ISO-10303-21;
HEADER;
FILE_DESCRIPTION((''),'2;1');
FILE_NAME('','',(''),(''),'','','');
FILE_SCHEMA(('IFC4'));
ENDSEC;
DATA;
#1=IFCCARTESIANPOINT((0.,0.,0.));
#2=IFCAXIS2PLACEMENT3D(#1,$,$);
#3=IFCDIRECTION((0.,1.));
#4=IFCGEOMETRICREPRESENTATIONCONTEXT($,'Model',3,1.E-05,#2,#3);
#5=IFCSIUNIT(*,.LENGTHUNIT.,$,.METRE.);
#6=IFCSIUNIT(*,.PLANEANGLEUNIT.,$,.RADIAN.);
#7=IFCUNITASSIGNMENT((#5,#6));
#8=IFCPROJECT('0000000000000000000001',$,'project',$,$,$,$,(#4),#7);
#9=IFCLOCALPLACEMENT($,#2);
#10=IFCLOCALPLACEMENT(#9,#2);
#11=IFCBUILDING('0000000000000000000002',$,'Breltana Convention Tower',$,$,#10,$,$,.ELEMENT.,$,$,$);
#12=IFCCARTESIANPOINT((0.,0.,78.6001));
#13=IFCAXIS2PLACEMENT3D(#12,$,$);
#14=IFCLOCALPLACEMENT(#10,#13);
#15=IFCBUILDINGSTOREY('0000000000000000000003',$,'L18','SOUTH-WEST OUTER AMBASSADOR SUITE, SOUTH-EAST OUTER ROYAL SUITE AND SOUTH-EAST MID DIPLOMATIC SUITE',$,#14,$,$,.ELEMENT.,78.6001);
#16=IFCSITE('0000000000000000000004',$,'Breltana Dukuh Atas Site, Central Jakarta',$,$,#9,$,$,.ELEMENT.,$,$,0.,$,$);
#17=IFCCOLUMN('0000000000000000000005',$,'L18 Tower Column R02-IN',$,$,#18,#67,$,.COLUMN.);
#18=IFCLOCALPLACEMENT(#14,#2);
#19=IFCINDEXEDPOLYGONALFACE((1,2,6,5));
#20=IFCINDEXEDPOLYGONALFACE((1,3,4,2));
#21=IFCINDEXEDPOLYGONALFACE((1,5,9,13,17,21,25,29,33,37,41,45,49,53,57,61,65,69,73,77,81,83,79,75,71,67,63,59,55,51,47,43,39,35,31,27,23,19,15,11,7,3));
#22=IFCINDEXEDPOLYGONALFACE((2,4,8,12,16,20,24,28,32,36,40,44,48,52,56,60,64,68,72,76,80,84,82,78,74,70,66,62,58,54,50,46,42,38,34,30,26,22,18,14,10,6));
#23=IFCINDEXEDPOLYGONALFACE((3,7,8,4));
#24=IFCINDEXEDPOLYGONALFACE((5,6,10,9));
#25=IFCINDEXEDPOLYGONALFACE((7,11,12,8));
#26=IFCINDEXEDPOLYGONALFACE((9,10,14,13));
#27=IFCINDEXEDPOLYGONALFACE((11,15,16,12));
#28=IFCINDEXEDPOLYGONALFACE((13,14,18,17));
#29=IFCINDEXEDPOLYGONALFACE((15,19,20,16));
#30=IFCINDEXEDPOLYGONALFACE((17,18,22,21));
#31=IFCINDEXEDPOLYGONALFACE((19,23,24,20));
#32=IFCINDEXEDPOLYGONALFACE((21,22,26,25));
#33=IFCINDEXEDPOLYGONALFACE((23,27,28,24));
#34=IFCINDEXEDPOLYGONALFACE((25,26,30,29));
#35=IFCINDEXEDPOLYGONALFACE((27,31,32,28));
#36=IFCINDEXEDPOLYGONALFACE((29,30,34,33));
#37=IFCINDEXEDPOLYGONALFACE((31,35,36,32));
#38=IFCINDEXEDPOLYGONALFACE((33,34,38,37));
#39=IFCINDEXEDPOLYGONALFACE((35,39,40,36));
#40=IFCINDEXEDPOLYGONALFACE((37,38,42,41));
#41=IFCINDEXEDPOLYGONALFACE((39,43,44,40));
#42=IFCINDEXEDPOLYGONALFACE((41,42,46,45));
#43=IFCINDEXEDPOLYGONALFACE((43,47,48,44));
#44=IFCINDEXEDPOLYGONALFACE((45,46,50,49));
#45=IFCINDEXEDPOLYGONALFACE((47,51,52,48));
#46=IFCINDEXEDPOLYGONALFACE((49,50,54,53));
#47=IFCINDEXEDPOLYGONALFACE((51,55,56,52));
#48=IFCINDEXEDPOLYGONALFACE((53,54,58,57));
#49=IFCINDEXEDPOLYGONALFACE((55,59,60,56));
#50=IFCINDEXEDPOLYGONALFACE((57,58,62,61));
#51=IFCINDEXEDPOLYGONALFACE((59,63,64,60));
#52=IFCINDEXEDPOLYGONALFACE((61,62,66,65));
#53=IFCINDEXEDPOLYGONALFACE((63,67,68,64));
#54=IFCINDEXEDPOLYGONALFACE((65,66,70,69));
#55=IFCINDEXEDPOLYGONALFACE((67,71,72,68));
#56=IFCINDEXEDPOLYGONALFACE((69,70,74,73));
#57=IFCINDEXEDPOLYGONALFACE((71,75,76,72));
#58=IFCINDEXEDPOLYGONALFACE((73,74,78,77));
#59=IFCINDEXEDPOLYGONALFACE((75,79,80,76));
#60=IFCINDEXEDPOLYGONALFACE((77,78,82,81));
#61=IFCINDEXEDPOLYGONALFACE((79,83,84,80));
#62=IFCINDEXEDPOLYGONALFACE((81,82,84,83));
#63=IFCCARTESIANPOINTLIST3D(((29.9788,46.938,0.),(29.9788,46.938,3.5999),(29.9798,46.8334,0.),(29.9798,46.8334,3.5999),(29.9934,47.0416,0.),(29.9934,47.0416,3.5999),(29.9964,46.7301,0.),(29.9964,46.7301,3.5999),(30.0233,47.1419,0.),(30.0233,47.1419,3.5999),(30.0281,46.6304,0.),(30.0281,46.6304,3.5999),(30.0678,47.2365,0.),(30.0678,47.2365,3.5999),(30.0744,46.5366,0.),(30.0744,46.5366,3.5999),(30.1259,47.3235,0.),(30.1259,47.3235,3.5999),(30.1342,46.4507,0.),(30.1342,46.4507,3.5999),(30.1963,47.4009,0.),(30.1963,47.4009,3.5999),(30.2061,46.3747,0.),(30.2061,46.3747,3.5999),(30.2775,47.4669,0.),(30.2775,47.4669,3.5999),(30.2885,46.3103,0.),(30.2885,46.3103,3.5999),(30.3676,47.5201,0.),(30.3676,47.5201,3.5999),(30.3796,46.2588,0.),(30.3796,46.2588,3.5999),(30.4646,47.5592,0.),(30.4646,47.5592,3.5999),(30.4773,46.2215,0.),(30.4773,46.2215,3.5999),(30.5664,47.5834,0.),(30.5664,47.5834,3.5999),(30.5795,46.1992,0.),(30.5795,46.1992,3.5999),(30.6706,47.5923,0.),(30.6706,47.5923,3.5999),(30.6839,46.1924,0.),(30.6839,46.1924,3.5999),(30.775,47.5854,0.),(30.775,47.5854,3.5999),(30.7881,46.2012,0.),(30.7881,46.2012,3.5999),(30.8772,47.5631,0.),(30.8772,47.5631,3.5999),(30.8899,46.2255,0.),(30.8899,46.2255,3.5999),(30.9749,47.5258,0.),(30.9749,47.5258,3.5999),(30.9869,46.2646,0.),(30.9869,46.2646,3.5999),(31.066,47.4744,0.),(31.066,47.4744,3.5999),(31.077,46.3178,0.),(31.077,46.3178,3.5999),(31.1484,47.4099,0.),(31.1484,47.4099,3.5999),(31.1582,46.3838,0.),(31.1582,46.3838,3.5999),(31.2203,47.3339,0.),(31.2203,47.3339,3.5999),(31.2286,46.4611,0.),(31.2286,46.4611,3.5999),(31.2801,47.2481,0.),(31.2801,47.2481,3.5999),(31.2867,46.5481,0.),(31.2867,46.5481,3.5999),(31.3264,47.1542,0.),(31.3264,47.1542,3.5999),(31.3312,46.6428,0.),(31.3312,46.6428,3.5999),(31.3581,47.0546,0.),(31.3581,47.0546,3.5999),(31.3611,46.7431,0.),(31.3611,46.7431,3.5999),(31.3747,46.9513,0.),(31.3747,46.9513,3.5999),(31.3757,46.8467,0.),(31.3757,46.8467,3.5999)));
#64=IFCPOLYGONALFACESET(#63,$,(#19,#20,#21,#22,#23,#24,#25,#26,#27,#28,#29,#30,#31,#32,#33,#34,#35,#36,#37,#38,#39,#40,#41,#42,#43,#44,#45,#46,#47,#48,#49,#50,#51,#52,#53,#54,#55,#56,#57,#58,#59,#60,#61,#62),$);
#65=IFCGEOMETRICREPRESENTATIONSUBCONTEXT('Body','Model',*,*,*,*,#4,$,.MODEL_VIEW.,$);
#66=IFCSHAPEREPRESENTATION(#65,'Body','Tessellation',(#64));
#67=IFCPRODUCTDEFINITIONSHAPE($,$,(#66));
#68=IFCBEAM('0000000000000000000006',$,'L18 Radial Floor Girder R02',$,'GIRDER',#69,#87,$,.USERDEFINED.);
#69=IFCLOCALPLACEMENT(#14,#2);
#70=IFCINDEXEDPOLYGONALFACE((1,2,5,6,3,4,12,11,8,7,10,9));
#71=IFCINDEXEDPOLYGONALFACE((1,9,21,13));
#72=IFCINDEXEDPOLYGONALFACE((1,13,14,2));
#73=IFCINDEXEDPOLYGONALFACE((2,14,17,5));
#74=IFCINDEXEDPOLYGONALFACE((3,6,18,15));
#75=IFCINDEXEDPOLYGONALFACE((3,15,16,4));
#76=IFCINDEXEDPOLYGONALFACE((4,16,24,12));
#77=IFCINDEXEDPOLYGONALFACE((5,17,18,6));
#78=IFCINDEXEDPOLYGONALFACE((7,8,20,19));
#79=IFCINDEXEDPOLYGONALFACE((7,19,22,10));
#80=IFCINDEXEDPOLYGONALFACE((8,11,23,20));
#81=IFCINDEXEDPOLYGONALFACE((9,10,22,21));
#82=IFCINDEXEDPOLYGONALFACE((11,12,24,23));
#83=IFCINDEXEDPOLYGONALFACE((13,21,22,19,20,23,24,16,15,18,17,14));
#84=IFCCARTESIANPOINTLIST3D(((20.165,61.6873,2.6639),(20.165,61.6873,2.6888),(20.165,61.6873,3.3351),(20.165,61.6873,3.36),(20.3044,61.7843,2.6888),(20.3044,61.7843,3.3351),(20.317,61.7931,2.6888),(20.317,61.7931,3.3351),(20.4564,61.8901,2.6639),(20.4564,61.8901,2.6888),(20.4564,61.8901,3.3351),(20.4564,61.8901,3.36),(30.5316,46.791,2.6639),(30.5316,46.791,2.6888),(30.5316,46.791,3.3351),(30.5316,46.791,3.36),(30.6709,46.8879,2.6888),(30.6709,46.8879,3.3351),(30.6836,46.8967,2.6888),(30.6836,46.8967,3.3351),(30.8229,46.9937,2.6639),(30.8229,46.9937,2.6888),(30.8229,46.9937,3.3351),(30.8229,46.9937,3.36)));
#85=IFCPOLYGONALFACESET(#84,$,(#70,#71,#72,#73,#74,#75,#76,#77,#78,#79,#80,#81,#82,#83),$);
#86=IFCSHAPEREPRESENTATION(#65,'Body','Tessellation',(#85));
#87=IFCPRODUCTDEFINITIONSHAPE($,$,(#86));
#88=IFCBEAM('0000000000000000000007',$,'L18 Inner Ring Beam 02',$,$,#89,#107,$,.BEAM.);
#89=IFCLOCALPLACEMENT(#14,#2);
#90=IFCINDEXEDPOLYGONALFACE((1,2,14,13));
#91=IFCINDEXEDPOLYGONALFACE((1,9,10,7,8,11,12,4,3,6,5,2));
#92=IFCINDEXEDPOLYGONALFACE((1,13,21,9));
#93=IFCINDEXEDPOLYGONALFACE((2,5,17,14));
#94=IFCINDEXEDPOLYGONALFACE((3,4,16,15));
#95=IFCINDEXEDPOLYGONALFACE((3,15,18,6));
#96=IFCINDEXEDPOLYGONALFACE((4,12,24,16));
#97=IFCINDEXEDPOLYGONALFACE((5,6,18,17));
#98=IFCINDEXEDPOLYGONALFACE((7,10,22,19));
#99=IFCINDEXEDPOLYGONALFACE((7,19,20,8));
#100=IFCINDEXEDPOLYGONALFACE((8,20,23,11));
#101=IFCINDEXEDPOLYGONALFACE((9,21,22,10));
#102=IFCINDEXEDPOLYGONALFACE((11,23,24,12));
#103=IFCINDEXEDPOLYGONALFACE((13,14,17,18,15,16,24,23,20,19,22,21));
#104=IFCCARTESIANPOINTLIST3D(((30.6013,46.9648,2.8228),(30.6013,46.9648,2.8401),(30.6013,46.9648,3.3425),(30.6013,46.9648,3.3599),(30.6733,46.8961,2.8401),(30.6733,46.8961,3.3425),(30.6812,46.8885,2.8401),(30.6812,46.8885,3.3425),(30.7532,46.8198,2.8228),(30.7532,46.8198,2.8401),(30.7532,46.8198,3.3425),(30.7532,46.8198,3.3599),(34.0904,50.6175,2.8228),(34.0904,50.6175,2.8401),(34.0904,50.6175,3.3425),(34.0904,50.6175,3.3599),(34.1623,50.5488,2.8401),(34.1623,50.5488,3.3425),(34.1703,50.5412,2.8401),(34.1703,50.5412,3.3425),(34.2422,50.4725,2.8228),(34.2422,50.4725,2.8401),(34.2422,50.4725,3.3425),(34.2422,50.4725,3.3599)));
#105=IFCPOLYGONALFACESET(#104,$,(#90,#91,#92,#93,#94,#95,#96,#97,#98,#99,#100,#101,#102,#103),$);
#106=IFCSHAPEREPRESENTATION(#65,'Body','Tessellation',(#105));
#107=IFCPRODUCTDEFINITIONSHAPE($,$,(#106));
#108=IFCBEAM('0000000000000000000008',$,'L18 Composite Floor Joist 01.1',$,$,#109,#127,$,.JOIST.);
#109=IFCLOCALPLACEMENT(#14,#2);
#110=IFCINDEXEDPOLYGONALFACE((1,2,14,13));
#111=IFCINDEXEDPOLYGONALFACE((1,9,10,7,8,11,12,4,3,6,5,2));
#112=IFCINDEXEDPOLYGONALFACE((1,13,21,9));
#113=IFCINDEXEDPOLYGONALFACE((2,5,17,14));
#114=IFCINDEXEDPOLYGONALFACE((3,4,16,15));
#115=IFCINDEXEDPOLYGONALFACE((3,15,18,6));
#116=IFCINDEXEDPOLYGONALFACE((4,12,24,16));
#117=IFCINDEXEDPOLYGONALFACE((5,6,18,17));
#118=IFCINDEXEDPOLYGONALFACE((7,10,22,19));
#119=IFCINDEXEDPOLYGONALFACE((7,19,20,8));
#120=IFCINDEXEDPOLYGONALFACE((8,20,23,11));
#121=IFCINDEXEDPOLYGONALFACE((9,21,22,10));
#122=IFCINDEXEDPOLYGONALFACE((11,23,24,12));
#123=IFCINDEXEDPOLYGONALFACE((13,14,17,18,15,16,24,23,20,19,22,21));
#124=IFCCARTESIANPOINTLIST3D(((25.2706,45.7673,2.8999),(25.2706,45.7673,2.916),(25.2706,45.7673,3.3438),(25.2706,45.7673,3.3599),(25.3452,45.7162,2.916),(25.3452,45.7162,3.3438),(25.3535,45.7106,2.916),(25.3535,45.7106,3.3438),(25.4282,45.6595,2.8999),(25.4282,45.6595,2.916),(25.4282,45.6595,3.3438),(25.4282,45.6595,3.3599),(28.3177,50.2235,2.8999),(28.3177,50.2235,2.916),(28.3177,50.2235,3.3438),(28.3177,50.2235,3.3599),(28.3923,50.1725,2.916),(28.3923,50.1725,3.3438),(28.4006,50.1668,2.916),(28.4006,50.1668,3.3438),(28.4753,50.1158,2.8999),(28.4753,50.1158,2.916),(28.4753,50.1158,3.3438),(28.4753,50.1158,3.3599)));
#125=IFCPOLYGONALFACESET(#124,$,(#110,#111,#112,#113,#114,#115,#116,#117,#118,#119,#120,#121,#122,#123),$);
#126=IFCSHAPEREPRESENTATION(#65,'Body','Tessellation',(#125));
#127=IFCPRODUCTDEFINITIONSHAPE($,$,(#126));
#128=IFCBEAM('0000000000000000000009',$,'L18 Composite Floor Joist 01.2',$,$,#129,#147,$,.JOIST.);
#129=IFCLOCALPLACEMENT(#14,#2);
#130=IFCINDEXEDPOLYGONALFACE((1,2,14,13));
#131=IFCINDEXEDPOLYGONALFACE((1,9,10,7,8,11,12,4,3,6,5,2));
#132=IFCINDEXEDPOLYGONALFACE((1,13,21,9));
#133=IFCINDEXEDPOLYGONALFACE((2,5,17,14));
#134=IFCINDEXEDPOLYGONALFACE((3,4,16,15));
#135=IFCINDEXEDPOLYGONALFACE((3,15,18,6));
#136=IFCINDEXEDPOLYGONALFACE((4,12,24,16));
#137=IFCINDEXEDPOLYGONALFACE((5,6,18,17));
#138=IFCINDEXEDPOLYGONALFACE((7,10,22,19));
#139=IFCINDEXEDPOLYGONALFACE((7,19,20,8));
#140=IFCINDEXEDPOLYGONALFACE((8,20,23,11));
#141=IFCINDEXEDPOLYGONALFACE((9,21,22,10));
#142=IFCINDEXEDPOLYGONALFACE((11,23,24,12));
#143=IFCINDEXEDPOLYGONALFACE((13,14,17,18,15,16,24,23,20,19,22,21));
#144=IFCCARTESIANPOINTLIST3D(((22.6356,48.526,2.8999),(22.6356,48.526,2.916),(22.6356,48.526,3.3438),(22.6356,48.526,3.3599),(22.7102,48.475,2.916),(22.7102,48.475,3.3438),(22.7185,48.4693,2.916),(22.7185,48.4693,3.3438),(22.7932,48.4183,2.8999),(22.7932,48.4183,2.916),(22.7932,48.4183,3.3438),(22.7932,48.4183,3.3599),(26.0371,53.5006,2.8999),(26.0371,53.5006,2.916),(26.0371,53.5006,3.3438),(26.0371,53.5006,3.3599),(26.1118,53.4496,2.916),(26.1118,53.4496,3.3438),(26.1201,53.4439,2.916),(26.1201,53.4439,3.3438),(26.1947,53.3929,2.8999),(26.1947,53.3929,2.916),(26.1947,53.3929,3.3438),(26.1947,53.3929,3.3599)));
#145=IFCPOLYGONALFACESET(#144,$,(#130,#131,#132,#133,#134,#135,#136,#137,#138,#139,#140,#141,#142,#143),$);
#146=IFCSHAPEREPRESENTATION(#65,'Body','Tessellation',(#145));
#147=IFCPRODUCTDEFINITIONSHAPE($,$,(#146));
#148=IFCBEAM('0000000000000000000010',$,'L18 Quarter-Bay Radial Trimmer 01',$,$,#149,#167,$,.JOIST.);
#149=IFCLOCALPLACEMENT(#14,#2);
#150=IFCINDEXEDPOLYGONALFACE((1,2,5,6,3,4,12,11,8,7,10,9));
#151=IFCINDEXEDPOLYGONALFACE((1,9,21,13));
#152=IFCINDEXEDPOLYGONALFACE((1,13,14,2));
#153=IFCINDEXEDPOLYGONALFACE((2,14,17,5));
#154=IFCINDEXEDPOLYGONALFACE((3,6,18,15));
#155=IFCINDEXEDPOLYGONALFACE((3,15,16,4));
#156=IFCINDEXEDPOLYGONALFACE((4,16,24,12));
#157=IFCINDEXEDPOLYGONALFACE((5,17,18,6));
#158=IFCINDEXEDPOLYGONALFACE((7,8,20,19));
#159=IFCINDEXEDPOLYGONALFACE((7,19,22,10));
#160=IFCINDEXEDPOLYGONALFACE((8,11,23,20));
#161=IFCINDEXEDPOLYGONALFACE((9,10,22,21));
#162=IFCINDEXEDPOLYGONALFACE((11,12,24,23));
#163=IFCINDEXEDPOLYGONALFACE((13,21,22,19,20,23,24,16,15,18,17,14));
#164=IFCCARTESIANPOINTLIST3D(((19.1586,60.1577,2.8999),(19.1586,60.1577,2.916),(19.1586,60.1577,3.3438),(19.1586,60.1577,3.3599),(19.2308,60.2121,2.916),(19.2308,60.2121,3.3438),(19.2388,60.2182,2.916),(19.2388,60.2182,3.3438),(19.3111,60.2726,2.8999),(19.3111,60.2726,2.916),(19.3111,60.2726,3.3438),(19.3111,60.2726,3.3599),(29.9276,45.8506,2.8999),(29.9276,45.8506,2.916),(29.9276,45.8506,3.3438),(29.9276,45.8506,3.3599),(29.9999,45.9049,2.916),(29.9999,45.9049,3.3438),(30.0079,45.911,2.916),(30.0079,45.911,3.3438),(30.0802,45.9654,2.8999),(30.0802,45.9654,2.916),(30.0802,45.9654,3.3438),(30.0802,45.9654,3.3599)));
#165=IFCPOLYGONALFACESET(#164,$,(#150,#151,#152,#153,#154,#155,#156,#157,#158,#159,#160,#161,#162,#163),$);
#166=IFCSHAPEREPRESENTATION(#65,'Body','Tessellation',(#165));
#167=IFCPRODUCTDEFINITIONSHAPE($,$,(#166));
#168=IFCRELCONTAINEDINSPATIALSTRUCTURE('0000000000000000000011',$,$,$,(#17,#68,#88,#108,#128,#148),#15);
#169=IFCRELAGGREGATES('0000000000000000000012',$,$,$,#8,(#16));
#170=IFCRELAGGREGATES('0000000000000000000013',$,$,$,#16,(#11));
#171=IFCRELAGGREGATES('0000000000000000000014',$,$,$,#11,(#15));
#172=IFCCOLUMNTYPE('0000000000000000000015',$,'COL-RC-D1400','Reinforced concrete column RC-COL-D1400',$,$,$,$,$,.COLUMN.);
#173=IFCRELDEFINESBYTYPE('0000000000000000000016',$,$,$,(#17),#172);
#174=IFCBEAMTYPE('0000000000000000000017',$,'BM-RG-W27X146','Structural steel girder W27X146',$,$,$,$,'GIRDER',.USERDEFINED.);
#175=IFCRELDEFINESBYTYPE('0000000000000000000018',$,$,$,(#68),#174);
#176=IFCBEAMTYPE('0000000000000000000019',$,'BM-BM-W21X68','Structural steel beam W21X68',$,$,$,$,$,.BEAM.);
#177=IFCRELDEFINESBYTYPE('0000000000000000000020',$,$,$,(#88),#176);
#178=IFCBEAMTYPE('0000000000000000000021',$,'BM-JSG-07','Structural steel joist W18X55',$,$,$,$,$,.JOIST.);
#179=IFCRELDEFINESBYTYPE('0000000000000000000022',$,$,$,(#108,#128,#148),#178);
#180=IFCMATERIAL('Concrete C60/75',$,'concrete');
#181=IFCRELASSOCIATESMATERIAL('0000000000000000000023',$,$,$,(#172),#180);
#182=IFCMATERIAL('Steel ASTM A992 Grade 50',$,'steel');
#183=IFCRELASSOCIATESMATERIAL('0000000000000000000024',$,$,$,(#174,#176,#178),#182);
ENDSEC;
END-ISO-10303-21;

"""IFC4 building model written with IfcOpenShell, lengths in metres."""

from ifc_helpers import new_model, si_unit, direction, frame, origin, origin_2d, place, context, subcontext, project, spatial, circle, i_section, extrude, source, transform, mapped, material, material_profile, profile_set, type_object, type_shapes, element, save


model = new_model("IFC4")

# Units and contexts
model_context = context("Model", 3, precision=1e-05, world=origin(), true_north=direction((0.0, 1.0)))
body_context = subcontext(model_context, "Body", "Model", "MODEL_VIEW")
ifc_project = project(units=[si_unit("LENGTHUNIT", "METRE"), si_unit("PLANEANGLEUNIT", "RADIAN")], contexts=[model_context])

# Site, building, storey
site_placement = place(None, origin())
site = spatial("IfcSite", under=ifc_project, at=site_placement, Name="Breltana Dukuh Atas Site, Central Jakarta", CompositionType="ELEMENT", RefElevation=0.0)
building_placement = place(site_placement, origin())
building = spatial("IfcBuilding", under=site, at=building_placement, Name="Breltana Convention Tower", CompositionType="ELEMENT")
storey_placement = place(building_placement, frame((0.0, 0.0, 78.6001)))
storey = spatial("IfcBuildingStorey", under=building, at=storey_placement, Name="L18", Description="SOUTH-WEST OUTER AMBASSADOR SUITE, SOUTH-EAST OUTER ROYAL SUITE AND SOUTH-EAST MID DIPLOMATIC SUITE", CompositionType="ELEMENT", Elevation=78.6001)

# Column
ifc_material_1 = material(Name="Concrete C60/75", Category="concrete")
ifc_material_profile_1 = material_profile(ifc_material_1, circle(Radius=0.7, at=origin_2d()), Name="RC-COL-D1400")
ifc_profile_set_1 = profile_set([ifc_material_profile_1], Name="Concrete C60/75")
column_type = type_object("IfcColumnType", Name="COL-RC-D1400", Description="Reinforced concrete column RC-COL-D1400", PredefinedType="COLUMN", material=ifc_profile_set_1)
shared_shape_1 = source(origin(), body_context, "Body", "SweptSolid", [
    extrude(circle(Radius=0.7, at=origin_2d()), origin(), (0.0, 0.0, 1.0), 3.5999),
])
column_placement = place(storey_placement, frame((30.6772, 46.8923, 0.0), z_axis=(0.0, 0.0, 1.0), x_axis=(-0.571143, 0.82085, 0.0)))
element("IfcColumn", 1, at=column_placement, inside=storey, type_object=column_type, Name="L18 Tower Column R02-IN", PredefinedType="COLUMN", context=body_context, shape_type="MappedRepresentation", body=[
    mapped(shared_shape_1, transform((0.0, 0.0, 0.0), scale=1.0)),
])

# Beams
ifc_material_2 = material(Name="Steel ASTM A992 Grade 50", Category="steel")
ifc_material_profile_2 = material_profile(ifc_material_2, i_section(OverallWidth=0.355, OverallDepth=0.696, WebThickness=0.0154, FlangeThickness=0.0249, at=origin_2d()), Name="W27X146")
ifc_profile_set_2 = profile_set([ifc_material_profile_2], Name="Steel ASTM A992 Grade 50")
beam_type_1 = type_object("IfcBeamType", Name="BM-RG-W27X146", Description="Structural steel girder W27X146", ElementType="GIRDER", PredefinedType="USERDEFINED", material=ifc_profile_set_2)
shared_shape_2 = source(origin(), body_context, "Body", "SweptSolid", [
    extrude(i_section(OverallWidth=0.355, OverallDepth=0.696, WebThickness=0.0154, FlangeThickness=0.0249, at=origin_2d()), origin(), (0.0, 0.0, 1.0), 18.1484),
])
beam_1_placement = place(storey_placement, frame((30.6772, 46.8923, 3.012), z_axis=(-0.571208, 0.820806, 0.0), x_axis=(-0.820806, -0.571208, 0.0)))
element("IfcBeam", 2, at=beam_1_placement, inside=storey, type_object=beam_type_1, Name="L18 Radial Floor Girder R02", ObjectType="GIRDER", PredefinedType="USERDEFINED", context=body_context, shape_type="MappedRepresentation", body=[
    mapped(shared_shape_2, transform((0.0, 0.0, 0.0), scale=1.0)),
])
ifc_material_profile_3 = material_profile(ifc_material_2, i_section(OverallWidth=0.21, OverallDepth=0.5371, WebThickness=0.011, FlangeThickness=0.0173, at=origin_2d()), Name="W21X68")
ifc_profile_set_3 = profile_set([ifc_material_profile_3], Name="Steel ASTM A992 Grade 50")
beam_type_2 = type_object("IfcBeamType", Name="BM-BM-W21X68", Description="Structural steel beam W21X68", PredefinedType="BEAM", material=ifc_profile_set_3)
shared_shape_3 = source(origin(), body_context, "Body", "SweptSolid", [
    extrude(i_section(OverallWidth=0.21, OverallDepth=0.5371, WebThickness=0.011, FlangeThickness=0.0173, at=origin_2d()), origin(), (0.0, 0.0, 1.0), 5.0513),
])
beam_2_placement = place(storey_placement, frame((30.6772, 46.8923, 3.0913), z_axis=(0.69073, 0.723113, 0.0), x_axis=(-0.723113, 0.69073, 0.0)))
element("IfcBeam", 3, at=beam_2_placement, inside=storey, type_object=beam_type_2, Name="L18 Inner Ring Beam 02", PredefinedType="BEAM", context=body_context, shape_type="MappedRepresentation", body=[
    mapped(shared_shape_3, transform((0.0, 0.0, 0.0), scale=1.0)),
])
ifc_material_profile_4 = material_profile(ifc_material_2, i_section(OverallWidth=0.1909, OverallDepth=0.46, WebThickness=0.01, FlangeThickness=0.0161, at=origin_2d()), Name="W18X55")
ifc_profile_set_4 = profile_set([ifc_material_profile_4], Name="Steel ASTM A992 Grade 50")
beam_type_3 = type_object("IfcBeamType", Name="BM-JSG-07", Description="Structural steel joist W18X55", PredefinedType="JOIST", material=ifc_profile_set_4)
shared_shape_4 = source(origin(), body_context, "Body", "SweptSolid", [
    extrude(i_section(OverallWidth=0.1909, OverallDepth=0.46, WebThickness=0.01, FlangeThickness=0.0161, at=origin_2d()), origin(), (0.0, 0.0, 1.0), 5.3984),
])
type_shapes(beam_type_3, [shared_shape_4])
beam_3_placement = place(storey_placement, frame((25.3494, 45.7134, 3.1299), z_axis=(0.564441, 0.825474, 0.0), x_axis=(-0.825474, 0.564441, 0.0)))
element("IfcBeam", 4, at=beam_3_placement, inside=storey, type_object=beam_type_3, Name="L18 Composite Floor Joist 01.1", PredefinedType="JOIST", context=body_context, shape_type="MappedRepresentation", body=[
    mapped(shared_shape_4, transform((0.0, 0.0, 0.0), scale=1.0)),
])
shared_shape_5 = source(origin(), body_context, "Body", "SweptSolid", [
    extrude(i_section(OverallWidth=0.1909, OverallDepth=0.46, WebThickness=0.01, FlangeThickness=0.0161, at=origin_2d()), origin(), (0.0, 0.0, 1.0), 6.0264),
])
beam_4_placement = place(storey_placement, frame((22.7144, 48.4722, 3.1299), z_axis=(0.56445, 0.825467, 0.0), x_axis=(-0.825467, 0.56445, 0.0)))
element("IfcBeam", 5, at=beam_4_placement, inside=storey, type_object=beam_type_3, Name="L18 Composite Floor Joist 01.2", PredefinedType="JOIST", context=body_context, shape_type="MappedRepresentation", body=[
    mapped(shared_shape_5, transform((0.0, 0.0, 0.0), scale=1.0)),
])
shared_shape_6 = source(origin(), body_context, "Body", "SweptSolid", [
    extrude(i_section(OverallWidth=0.1909, OverallDepth=0.46, WebThickness=0.01, FlangeThickness=0.0161, at=origin_2d()), origin(), (0.0, 0.0, 1.0), 17.9072),
])
beam_5_placement = place(storey_placement, frame((30.0039, 45.908, 3.1299), z_axis=(-0.601382, 0.798962, 0.0), x_axis=(-0.798962, -0.601382, 0.0)))
element("IfcBeam", 6, at=beam_5_placement, inside=storey, type_object=beam_type_3, Name="L18 Quarter-Bay Radial Trimmer 01", PredefinedType="JOIST", context=body_context, shape_type="MappedRepresentation", body=[
    mapped(shared_shape_6, transform((0.0, 0.0, 0.0), scale=1.0)),
])

save(model, "model.ifc")
